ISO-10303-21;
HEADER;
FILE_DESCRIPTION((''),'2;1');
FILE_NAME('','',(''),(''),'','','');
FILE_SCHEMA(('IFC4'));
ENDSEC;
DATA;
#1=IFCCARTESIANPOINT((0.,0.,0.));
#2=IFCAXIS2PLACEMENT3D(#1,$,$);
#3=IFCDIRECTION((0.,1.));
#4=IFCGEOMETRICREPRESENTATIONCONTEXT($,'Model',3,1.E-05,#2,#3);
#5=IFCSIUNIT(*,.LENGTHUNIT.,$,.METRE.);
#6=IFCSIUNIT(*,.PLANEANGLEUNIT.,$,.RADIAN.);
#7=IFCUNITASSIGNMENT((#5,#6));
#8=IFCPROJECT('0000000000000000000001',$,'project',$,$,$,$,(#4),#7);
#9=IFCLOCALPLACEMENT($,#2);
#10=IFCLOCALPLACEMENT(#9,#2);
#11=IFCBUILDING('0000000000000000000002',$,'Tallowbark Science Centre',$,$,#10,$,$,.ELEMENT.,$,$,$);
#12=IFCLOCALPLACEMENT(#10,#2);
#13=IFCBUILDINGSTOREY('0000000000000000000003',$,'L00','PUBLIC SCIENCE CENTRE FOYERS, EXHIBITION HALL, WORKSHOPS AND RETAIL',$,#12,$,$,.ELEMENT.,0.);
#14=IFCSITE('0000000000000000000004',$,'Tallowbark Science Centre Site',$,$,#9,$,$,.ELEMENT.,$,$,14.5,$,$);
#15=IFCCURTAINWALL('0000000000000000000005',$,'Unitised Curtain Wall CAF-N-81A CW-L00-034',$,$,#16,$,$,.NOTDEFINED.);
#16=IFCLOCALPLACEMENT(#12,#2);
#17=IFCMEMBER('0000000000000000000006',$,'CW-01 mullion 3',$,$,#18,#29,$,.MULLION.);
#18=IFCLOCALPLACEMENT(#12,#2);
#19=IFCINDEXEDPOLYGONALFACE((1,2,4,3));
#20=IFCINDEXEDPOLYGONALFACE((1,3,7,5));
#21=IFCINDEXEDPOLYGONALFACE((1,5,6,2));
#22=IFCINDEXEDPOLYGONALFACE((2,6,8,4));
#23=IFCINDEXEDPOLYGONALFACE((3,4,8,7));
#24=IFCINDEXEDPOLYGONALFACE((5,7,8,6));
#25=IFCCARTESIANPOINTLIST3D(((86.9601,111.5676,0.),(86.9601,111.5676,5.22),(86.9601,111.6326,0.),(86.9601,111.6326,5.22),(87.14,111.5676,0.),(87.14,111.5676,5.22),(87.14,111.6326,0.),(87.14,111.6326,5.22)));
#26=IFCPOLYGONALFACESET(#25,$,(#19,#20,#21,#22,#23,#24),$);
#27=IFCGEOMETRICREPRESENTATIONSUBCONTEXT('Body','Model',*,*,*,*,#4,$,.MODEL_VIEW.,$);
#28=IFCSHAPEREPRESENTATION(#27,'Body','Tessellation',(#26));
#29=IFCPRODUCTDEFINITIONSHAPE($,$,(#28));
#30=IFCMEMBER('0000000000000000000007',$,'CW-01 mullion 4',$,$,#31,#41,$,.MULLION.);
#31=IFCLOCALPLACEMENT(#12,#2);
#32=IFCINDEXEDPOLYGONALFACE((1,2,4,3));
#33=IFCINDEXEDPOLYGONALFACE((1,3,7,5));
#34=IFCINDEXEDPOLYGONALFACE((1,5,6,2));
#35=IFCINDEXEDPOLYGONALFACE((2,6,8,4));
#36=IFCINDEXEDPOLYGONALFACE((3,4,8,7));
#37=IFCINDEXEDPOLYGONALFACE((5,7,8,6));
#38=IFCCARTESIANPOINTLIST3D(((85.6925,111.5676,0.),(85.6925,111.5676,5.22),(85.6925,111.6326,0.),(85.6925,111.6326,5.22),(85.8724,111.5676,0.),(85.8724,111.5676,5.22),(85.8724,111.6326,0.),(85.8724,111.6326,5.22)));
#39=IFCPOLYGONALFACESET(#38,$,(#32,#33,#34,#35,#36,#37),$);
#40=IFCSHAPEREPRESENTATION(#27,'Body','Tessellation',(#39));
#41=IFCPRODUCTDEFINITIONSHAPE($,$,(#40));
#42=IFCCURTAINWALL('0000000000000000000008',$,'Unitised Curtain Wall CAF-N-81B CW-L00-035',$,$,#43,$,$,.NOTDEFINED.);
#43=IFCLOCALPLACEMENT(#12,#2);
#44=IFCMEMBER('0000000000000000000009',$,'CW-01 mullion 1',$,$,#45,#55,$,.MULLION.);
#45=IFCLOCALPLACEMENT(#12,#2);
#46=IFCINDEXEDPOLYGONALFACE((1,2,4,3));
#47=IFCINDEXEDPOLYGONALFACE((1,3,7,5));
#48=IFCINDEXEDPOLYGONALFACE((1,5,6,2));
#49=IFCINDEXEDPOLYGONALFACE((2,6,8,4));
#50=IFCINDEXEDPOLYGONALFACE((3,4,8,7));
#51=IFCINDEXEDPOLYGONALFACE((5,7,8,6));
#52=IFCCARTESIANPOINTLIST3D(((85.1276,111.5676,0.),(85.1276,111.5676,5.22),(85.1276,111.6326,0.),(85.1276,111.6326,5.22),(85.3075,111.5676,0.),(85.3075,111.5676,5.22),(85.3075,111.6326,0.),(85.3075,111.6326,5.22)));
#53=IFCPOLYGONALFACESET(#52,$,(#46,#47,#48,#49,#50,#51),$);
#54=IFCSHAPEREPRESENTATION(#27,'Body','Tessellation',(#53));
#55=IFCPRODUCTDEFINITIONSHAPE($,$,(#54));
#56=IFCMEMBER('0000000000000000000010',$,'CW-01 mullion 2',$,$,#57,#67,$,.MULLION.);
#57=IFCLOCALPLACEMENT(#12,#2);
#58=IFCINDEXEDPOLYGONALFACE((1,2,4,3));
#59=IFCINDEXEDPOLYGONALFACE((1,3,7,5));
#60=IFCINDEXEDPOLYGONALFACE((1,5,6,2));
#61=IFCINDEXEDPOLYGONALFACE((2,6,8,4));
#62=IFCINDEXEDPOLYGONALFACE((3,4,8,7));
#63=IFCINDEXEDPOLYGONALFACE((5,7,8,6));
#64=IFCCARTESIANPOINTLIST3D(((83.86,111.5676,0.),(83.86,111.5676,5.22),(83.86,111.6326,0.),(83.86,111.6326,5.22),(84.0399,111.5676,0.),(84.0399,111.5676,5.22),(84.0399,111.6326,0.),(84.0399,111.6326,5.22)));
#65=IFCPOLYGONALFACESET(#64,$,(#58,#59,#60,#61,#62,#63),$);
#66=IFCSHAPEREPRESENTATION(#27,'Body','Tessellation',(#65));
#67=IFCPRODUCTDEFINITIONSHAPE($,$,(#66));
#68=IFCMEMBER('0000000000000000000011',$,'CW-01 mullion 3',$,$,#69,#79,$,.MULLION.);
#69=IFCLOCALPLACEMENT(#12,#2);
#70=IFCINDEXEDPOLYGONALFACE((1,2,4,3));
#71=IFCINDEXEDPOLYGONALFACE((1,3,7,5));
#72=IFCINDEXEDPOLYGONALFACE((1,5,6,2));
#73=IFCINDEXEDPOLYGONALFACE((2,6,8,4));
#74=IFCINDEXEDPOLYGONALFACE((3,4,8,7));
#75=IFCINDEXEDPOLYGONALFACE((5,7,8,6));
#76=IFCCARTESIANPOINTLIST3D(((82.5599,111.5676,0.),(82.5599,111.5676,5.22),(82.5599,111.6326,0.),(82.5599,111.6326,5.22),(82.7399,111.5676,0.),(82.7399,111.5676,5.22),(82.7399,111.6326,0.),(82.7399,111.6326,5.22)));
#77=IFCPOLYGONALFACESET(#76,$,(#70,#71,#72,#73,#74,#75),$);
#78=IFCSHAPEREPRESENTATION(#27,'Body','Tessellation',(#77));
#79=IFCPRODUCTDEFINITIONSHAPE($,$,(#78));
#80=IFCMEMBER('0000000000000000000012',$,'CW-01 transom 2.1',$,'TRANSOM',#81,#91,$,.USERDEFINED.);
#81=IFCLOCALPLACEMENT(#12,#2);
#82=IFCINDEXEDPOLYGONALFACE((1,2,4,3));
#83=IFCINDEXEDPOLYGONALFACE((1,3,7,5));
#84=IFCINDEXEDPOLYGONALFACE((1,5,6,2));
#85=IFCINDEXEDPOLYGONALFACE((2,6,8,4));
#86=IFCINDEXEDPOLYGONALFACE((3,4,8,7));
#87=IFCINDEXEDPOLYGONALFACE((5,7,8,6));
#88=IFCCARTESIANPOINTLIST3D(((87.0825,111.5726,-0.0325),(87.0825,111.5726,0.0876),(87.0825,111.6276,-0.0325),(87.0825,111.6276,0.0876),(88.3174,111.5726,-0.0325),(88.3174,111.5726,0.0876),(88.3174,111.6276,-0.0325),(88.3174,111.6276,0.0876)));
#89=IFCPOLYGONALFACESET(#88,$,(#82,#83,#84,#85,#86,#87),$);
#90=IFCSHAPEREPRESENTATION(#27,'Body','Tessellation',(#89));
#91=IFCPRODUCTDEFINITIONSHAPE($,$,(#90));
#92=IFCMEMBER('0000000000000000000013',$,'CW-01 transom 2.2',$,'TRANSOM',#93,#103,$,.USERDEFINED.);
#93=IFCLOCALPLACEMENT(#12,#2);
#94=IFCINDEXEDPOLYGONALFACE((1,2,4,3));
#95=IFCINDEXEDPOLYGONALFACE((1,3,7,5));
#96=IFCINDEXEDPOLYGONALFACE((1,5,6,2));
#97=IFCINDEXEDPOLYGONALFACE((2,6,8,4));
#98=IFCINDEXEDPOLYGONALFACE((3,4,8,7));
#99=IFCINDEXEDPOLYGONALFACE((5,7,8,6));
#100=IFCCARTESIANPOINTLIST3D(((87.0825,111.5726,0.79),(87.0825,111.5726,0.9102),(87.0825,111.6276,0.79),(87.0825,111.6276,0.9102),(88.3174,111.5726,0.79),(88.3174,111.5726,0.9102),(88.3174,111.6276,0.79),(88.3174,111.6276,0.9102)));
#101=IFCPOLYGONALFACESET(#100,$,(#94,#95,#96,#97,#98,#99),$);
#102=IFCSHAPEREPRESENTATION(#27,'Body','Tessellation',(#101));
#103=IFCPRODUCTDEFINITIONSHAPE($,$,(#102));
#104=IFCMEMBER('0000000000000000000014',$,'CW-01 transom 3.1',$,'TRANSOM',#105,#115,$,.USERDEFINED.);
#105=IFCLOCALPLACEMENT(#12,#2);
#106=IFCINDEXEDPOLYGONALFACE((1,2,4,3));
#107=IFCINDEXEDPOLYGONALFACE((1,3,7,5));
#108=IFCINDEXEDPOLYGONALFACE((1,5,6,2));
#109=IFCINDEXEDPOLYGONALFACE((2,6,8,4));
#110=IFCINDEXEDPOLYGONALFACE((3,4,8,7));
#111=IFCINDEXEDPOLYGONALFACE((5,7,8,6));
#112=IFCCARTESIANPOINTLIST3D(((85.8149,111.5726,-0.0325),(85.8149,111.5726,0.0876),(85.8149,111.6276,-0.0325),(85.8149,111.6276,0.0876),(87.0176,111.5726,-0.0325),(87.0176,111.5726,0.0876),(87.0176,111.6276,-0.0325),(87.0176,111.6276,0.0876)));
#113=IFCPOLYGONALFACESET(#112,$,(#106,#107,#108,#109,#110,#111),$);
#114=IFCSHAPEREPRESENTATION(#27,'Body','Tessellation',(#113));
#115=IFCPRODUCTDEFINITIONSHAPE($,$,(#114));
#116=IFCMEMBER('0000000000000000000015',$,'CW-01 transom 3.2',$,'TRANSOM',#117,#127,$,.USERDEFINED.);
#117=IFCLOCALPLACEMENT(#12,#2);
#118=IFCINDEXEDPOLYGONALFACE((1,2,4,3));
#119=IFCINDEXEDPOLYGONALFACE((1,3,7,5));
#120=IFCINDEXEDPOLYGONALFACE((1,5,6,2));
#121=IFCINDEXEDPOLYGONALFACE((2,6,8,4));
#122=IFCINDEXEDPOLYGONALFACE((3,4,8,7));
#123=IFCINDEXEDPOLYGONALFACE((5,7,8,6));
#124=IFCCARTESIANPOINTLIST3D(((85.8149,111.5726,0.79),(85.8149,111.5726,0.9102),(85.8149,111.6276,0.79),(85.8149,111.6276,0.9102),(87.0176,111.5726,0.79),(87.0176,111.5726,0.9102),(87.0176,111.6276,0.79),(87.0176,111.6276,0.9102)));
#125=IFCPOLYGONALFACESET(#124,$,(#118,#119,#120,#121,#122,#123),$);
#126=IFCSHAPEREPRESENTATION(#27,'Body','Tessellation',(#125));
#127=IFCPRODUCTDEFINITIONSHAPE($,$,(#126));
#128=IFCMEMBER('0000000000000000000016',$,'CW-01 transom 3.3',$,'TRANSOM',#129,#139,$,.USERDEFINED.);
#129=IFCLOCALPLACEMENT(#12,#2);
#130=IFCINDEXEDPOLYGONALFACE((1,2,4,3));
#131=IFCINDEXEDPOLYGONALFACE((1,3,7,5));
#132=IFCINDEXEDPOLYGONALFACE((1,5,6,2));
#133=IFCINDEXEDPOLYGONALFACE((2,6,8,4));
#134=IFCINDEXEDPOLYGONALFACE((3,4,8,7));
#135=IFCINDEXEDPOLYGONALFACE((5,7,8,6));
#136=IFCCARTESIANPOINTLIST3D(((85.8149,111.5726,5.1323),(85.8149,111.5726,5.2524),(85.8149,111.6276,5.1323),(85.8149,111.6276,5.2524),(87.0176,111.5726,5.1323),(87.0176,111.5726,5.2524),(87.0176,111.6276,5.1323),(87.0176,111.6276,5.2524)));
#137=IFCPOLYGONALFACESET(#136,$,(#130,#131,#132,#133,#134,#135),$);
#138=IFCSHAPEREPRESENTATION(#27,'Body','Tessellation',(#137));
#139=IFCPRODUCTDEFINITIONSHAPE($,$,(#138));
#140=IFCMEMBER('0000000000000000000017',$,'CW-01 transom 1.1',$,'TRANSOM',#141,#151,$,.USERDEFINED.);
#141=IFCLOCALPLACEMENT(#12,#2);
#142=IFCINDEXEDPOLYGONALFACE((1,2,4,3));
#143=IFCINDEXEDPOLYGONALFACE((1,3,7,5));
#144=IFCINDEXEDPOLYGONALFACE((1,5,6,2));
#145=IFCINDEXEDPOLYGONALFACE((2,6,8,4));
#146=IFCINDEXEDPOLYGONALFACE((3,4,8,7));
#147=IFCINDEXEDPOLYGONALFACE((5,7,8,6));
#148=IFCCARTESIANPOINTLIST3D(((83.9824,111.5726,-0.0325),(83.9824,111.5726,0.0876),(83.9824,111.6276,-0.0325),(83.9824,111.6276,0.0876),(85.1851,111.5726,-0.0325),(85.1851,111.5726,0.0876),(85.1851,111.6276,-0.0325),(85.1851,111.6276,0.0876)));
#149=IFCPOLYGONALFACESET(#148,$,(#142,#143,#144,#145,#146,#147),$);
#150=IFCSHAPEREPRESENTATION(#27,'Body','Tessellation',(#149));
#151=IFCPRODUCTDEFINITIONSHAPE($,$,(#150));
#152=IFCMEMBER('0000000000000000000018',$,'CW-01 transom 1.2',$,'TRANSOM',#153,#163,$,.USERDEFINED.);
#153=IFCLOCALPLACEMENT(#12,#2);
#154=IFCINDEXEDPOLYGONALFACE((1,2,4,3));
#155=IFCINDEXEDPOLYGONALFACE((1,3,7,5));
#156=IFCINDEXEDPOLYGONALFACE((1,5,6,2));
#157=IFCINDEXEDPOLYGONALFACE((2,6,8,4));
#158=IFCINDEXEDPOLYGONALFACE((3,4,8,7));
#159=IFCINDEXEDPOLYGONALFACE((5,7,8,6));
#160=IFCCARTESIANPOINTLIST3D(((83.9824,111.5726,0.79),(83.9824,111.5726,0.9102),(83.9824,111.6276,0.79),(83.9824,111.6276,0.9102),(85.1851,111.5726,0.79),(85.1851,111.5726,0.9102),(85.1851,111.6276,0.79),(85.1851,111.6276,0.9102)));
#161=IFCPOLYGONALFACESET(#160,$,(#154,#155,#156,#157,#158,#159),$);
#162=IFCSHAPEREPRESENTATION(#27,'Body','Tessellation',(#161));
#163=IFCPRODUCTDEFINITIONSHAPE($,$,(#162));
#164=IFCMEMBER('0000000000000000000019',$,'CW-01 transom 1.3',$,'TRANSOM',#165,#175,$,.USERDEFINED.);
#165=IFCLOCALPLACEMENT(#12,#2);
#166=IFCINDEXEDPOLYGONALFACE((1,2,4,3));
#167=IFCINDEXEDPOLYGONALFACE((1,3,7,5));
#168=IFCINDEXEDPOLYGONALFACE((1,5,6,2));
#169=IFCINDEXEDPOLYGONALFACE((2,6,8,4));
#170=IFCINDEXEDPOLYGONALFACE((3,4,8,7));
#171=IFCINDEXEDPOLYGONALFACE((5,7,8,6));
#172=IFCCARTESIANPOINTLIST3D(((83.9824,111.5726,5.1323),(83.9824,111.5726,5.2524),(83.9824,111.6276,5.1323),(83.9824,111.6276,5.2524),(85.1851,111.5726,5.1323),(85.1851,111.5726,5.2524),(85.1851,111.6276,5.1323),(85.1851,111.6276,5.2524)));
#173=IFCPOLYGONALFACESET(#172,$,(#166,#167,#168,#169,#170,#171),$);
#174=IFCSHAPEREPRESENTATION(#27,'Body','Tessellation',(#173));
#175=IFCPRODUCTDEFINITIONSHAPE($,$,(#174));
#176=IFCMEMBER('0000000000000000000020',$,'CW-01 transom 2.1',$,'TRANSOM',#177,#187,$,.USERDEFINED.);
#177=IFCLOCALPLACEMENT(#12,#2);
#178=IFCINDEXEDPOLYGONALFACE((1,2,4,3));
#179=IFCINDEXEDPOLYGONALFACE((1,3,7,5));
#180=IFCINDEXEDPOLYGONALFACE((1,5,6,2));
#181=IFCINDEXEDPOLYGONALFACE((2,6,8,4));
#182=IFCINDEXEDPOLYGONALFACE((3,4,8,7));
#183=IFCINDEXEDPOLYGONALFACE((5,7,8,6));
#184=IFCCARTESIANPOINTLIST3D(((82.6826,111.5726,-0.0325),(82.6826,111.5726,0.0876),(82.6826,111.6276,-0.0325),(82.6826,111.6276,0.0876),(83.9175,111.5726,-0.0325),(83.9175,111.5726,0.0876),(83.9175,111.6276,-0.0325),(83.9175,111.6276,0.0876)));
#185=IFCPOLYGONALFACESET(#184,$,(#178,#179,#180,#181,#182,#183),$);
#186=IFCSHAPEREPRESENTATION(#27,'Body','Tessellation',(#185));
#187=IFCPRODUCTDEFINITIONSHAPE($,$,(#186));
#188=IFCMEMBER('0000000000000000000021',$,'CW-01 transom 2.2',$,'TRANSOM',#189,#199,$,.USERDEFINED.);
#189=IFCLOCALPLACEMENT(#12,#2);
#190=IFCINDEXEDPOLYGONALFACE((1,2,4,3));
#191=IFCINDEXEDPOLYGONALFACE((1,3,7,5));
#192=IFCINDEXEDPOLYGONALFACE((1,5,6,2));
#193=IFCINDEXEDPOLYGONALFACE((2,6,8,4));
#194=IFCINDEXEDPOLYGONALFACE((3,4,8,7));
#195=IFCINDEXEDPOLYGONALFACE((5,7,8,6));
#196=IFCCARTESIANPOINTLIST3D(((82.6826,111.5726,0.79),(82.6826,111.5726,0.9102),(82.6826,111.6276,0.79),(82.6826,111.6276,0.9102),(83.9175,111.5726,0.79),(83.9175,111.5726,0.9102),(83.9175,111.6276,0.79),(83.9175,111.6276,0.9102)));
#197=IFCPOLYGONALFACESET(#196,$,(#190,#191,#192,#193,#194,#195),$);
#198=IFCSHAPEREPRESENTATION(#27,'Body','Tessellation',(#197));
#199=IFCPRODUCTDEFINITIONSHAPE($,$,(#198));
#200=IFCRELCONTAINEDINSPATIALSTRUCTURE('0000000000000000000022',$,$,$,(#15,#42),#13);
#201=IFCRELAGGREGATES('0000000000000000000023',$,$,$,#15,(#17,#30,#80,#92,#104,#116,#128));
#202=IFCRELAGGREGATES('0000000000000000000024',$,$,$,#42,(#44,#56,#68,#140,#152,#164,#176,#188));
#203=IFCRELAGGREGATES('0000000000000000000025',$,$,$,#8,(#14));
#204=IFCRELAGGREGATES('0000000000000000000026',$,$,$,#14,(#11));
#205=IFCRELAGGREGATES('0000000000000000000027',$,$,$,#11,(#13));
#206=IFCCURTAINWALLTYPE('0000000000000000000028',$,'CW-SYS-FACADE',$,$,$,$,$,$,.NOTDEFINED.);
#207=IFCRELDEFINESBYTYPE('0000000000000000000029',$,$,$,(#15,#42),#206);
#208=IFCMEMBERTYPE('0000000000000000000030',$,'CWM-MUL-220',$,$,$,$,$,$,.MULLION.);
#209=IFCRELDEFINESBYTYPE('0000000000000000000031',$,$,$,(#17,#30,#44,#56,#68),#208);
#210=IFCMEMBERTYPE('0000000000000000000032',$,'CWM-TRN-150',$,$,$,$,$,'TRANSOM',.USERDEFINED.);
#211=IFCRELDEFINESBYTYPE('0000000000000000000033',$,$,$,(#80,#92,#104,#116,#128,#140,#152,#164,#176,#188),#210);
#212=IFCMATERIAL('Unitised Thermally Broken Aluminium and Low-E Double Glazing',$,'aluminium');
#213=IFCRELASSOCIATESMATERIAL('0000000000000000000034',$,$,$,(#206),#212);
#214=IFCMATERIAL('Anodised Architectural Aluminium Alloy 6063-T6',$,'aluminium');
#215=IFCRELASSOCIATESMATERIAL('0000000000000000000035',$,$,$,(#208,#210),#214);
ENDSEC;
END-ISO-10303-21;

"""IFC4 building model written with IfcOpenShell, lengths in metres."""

from ifc_helpers import new_model, si_unit, direction, frame, origin, origin_2d, place, context, subcontext, project, spatial, rectangle, extrude, material, material_profile, profile_set, type_object, element, aggregate, save


model = new_model("IFC4")

# Units and contexts
model_context = context("Model", 3, precision=1e-05, world=origin(), true_north=direction((0.0, 1.0)))
body_context = subcontext(model_context, "Body", "Model", "MODEL_VIEW")
ifc_project = project(units=[si_unit("LENGTHUNIT", "METRE"), si_unit("PLANEANGLEUNIT", "RADIAN")], contexts=[model_context])

# Site, building, storey
site_placement = place(None, origin())
site = spatial("IfcSite", under=ifc_project, at=site_placement, Name="Tallowbark Science Centre Site", CompositionType="ELEMENT", RefElevation=14.5)
building_placement = place(site_placement, origin())
building = spatial("IfcBuilding", under=site, at=building_placement, Name="Tallowbark Science Centre", CompositionType="ELEMENT")
storey_placement = place(building_placement, origin())
storey = spatial("IfcBuildingStorey", under=building, at=storey_placement, Name="L00", Description="PUBLIC SCIENCE CENTRE FOYERS, EXHIBITION HALL, WORKSHOPS AND RETAIL", CompositionType="ELEMENT", Elevation=0.0)

# Curtain walls, members
ifc_material_1 = material(Name="Unitised Thermally Broken Aluminium and Low-E Double Glazing", Category="aluminium")
curtain_wall_type = type_object("IfcCurtainWallType", Name="CW-SYS-FACADE", PredefinedType="NOTDEFINED", material=ifc_material_1)
curtain_wall_1_placement = place(storey_placement, origin())
curtain_wall_1 = element("IfcCurtainWall", 1, at=curtain_wall_1_placement, inside=storey, type_object=curtain_wall_type, Name="Unitised Curtain Wall CAF-N-81A CW-L00-034", PredefinedType="NOTDEFINED")
ifc_material_2 = material(Name="Anodised Architectural Aluminium Alloy 6063-T6", Category="aluminium")
ifc_material_profile_1 = material_profile(ifc_material_2, rectangle(XDim=0.0649, YDim=0.1799, at=origin_2d()), Name="ALU65x180")
ifc_profile_set_1 = profile_set([ifc_material_profile_1], Name="Anodised Architectural Aluminium Alloy 6063-T6")
member_type_1 = type_object("IfcMemberType", Name="CWM-MUL-220", PredefinedType="MULLION", material=ifc_profile_set_1)
member_1_placement = place(storey_placement, frame((87.05, 111.6001, 0.0), z_axis=(0.0, 0.0, 1.0), x_axis=(0.0, -1.0, 0.0)))
member_1 = element("IfcMember", 2, at=member_1_placement, type_object=member_type_1, Name="CW-01 mullion 3", PredefinedType="MULLION", context=body_context, shape_type="SweptSolid", body=[
    extrude(rectangle(XDim=0.0649, YDim=0.1799, at=origin_2d()), origin(), (0.0, 0.0, 1.0), 5.22),
])
member_2_placement = place(storey_placement, frame((85.7825, 111.6001, 0.0), z_axis=(0.0, 0.0, 1.0), x_axis=(0.0, -1.0, 0.0)))
member_2 = element("IfcMember", 3, at=member_2_placement, type_object=member_type_1, Name="CW-01 mullion 4", PredefinedType="MULLION", context=body_context, shape_type="SweptSolid", body=[
    extrude(rectangle(XDim=0.0649, YDim=0.1799, at=origin_2d()), origin(), (0.0, 0.0, 1.0), 5.22),
])
curtain_wall_2_placement = place(storey_placement, origin())
curtain_wall_2 = element("IfcCurtainWall", 4, at=curtain_wall_2_placement, inside=storey, type_object=curtain_wall_type, Name="Unitised Curtain Wall CAF-N-81B CW-L00-035", PredefinedType="NOTDEFINED")
member_3_placement = place(storey_placement, frame((85.2175, 111.6001, 0.0), z_axis=(0.0, 0.0, 1.0), x_axis=(0.0, -1.0, 0.0)))
member_3 = element("IfcMember", 5, at=member_3_placement, type_object=member_type_1, Name="CW-01 mullion 1", PredefinedType="MULLION", context=body_context, shape_type="SweptSolid", body=[
    extrude(rectangle(XDim=0.0649, YDim=0.1799, at=origin_2d()), origin(), (0.0, 0.0, 1.0), 5.22),
])
member_4_placement = place(storey_placement, frame((83.95, 111.6001, 0.0), z_axis=(0.0, 0.0, 1.0), x_axis=(0.0, -1.0, 0.0)))
member_4 = element("IfcMember", 6, at=member_4_placement, type_object=member_type_1, Name="CW-01 mullion 2", PredefinedType="MULLION", context=body_context, shape_type="SweptSolid", body=[
    extrude(rectangle(XDim=0.0649, YDim=0.1799, at=origin_2d()), origin(), (0.0, 0.0, 1.0), 5.22),
])
member_5_placement = place(storey_placement, frame((82.6499, 111.6001, 0.0), z_axis=(0.0, 0.0, 1.0), x_axis=(0.0, -1.0, 0.0)))
member_5 = element("IfcMember", 7, at=member_5_placement, type_object=member_type_1, Name="CW-01 mullion 3", PredefinedType="MULLION", context=body_context, shape_type="SweptSolid", body=[
    extrude(rectangle(XDim=0.0649, YDim=0.1799, at=origin_2d()), origin(), (0.0, 0.0, 1.0), 5.22),
])

# Members
ifc_material_profile_2 = material_profile(ifc_material_2, rectangle(XDim=0.0549, YDim=0.1201, at=origin_2d()), Name="ALU55x120")
ifc_profile_set_2 = profile_set([ifc_material_profile_2], Name="Anodised Architectural Aluminium Alloy 6063-T6")
member_type_2 = type_object("IfcMemberType", Name="CWM-TRN-150", ElementType="TRANSOM", PredefinedType="USERDEFINED", material=ifc_profile_set_2)
member_6_placement = place(storey_placement, frame((88.3174, 111.6001, 0.0276), z_axis=(-1.0, 0.0, 0.0), x_axis=(0.0, -1.0, 0.0)))
member_6 = element("IfcMember", 8, at=member_6_placement, type_object=member_type_2, Name="CW-01 transom 2.1", ObjectType="TRANSOM", PredefinedType="USERDEFINED", context=body_context, shape_type="SweptSolid", body=[
    extrude(rectangle(XDim=0.0549, YDim=0.1201, at=origin_2d()), origin(), (0.0, 0.0, 1.0), 1.2349),
])
member_7_placement = place(storey_placement, frame((88.3174, 111.6001, 0.8501), z_axis=(-1.0, 0.0, 0.0), x_axis=(0.0, -1.0, 0.0)))
member_7 = element("IfcMember", 9, at=member_7_placement, type_object=member_type_2, Name="CW-01 transom 2.2", ObjectType="TRANSOM", PredefinedType="USERDEFINED", context=body_context, shape_type="SweptSolid", body=[
    extrude(rectangle(XDim=0.0549, YDim=0.1201, at=origin_2d()), origin(), (0.0, 0.0, 1.0), 1.2349),
])
member_8_placement = place(storey_placement, frame((87.0176, 111.6001, 0.0276), z_axis=(-1.0, 0.0, 0.0), x_axis=(0.0, -1.0, 0.0)))
member_8 = element("IfcMember", 10, at=member_8_placement, type_object=member_type_2, Name="CW-01 transom 3.1", ObjectType="TRANSOM", PredefinedType="USERDEFINED", context=body_context, shape_type="SweptSolid", body=[
    extrude(rectangle(XDim=0.0549, YDim=0.1201, at=origin_2d()), origin(), (0.0, 0.0, 1.0), 1.2026),
])
member_9_placement = place(storey_placement, frame((87.0176, 111.6001, 0.8501), z_axis=(-1.0, 0.0, 0.0), x_axis=(0.0, -1.0, 0.0)))
member_9 = element("IfcMember", 11, at=member_9_placement, type_object=member_type_2, Name="CW-01 transom 3.2", ObjectType="TRANSOM", PredefinedType="USERDEFINED", context=body_context, shape_type="SweptSolid", body=[
    extrude(rectangle(XDim=0.0549, YDim=0.1201, at=origin_2d()), origin(), (0.0, 0.0, 1.0), 1.2026),
])
member_10_placement = place(storey_placement, frame((87.0176, 111.6001, 5.1924), z_axis=(-1.0, 0.0, 0.0), x_axis=(0.0, -1.0, 0.0)))
member_10 = element("IfcMember", 12, at=member_10_placement, type_object=member_type_2, Name="CW-01 transom 3.3", ObjectType="TRANSOM", PredefinedType="USERDEFINED", context=body_context, shape_type="SweptSolid", body=[
    extrude(rectangle(XDim=0.0549, YDim=0.1201, at=origin_2d()), origin(), (0.0, 0.0, 1.0), 1.2026),
])
member_11_placement = place(storey_placement, frame((85.1851, 111.6001, 0.0276), z_axis=(-1.0, 0.0, 0.0), x_axis=(0.0, -1.0, 0.0)))
member_11 = element("IfcMember", 13, at=member_11_placement, type_object=member_type_2, Name="CW-01 transom 1.1", ObjectType="TRANSOM", PredefinedType="USERDEFINED", context=body_context, shape_type="SweptSolid", body=[
    extrude(rectangle(XDim=0.0549, YDim=0.1201, at=origin_2d()), origin(), (0.0, 0.0, 1.0), 1.2026),
])
member_12_placement = place(storey_placement, frame((85.1851, 111.6001, 0.8501), z_axis=(-1.0, 0.0, 0.0), x_axis=(0.0, -1.0, 0.0)))
member_12 = element("IfcMember", 14, at=member_12_placement, type_object=member_type_2, Name="CW-01 transom 1.2", ObjectType="TRANSOM", PredefinedType="USERDEFINED", context=body_context, shape_type="SweptSolid", body=[
    extrude(rectangle(XDim=0.0549, YDim=0.1201, at=origin_2d()), origin(), (0.0, 0.0, 1.0), 1.2026),
])
member_13_placement = place(storey_placement, frame((85.1851, 111.6001, 5.1924), z_axis=(-1.0, 0.0, 0.0), x_axis=(0.0, -1.0, 0.0)))
member_13 = element("IfcMember", 15, at=member_13_placement, type_object=member_type_2, Name="CW-01 transom 1.3", ObjectType="TRANSOM", PredefinedType="USERDEFINED", context=body_context, shape_type="SweptSolid", body=[
    extrude(rectangle(XDim=0.0549, YDim=0.1201, at=origin_2d()), origin(), (0.0, 0.0, 1.0), 1.2026),
])
member_14_placement = place(storey_placement, frame((83.9175, 111.6001, 0.0276), z_axis=(-1.0, 0.0, 0.0), x_axis=(0.0, -1.0, 0.0)))
member_14 = element("IfcMember", 16, at=member_14_placement, type_object=member_type_2, Name="CW-01 transom 2.1", ObjectType="TRANSOM", PredefinedType="USERDEFINED", context=body_context, shape_type="SweptSolid", body=[
    extrude(rectangle(XDim=0.0549, YDim=0.1201, at=origin_2d()), origin(), (0.0, 0.0, 1.0), 1.2349),
])
member_15_placement = place(storey_placement, frame((83.9175, 111.6001, 0.8501), z_axis=(-1.0, 0.0, 0.0), x_axis=(0.0, -1.0, 0.0)))
member_15 = element("IfcMember", 17, at=member_15_placement, type_object=member_type_2, Name="CW-01 transom 2.2", ObjectType="TRANSOM", PredefinedType="USERDEFINED", context=body_context, shape_type="SweptSolid", body=[
    extrude(rectangle(XDim=0.0549, YDim=0.1201, at=origin_2d()), origin(), (0.0, 0.0, 1.0), 1.2349),
])

aggregate(curtain_wall_1, [member_1, member_2, member_6, member_7, member_8, member_9, member_10])
aggregate(curtain_wall_2, [member_3, member_4, member_5, member_11, member_12, member_13, member_14, member_15])

save(model, "model.ifc")
